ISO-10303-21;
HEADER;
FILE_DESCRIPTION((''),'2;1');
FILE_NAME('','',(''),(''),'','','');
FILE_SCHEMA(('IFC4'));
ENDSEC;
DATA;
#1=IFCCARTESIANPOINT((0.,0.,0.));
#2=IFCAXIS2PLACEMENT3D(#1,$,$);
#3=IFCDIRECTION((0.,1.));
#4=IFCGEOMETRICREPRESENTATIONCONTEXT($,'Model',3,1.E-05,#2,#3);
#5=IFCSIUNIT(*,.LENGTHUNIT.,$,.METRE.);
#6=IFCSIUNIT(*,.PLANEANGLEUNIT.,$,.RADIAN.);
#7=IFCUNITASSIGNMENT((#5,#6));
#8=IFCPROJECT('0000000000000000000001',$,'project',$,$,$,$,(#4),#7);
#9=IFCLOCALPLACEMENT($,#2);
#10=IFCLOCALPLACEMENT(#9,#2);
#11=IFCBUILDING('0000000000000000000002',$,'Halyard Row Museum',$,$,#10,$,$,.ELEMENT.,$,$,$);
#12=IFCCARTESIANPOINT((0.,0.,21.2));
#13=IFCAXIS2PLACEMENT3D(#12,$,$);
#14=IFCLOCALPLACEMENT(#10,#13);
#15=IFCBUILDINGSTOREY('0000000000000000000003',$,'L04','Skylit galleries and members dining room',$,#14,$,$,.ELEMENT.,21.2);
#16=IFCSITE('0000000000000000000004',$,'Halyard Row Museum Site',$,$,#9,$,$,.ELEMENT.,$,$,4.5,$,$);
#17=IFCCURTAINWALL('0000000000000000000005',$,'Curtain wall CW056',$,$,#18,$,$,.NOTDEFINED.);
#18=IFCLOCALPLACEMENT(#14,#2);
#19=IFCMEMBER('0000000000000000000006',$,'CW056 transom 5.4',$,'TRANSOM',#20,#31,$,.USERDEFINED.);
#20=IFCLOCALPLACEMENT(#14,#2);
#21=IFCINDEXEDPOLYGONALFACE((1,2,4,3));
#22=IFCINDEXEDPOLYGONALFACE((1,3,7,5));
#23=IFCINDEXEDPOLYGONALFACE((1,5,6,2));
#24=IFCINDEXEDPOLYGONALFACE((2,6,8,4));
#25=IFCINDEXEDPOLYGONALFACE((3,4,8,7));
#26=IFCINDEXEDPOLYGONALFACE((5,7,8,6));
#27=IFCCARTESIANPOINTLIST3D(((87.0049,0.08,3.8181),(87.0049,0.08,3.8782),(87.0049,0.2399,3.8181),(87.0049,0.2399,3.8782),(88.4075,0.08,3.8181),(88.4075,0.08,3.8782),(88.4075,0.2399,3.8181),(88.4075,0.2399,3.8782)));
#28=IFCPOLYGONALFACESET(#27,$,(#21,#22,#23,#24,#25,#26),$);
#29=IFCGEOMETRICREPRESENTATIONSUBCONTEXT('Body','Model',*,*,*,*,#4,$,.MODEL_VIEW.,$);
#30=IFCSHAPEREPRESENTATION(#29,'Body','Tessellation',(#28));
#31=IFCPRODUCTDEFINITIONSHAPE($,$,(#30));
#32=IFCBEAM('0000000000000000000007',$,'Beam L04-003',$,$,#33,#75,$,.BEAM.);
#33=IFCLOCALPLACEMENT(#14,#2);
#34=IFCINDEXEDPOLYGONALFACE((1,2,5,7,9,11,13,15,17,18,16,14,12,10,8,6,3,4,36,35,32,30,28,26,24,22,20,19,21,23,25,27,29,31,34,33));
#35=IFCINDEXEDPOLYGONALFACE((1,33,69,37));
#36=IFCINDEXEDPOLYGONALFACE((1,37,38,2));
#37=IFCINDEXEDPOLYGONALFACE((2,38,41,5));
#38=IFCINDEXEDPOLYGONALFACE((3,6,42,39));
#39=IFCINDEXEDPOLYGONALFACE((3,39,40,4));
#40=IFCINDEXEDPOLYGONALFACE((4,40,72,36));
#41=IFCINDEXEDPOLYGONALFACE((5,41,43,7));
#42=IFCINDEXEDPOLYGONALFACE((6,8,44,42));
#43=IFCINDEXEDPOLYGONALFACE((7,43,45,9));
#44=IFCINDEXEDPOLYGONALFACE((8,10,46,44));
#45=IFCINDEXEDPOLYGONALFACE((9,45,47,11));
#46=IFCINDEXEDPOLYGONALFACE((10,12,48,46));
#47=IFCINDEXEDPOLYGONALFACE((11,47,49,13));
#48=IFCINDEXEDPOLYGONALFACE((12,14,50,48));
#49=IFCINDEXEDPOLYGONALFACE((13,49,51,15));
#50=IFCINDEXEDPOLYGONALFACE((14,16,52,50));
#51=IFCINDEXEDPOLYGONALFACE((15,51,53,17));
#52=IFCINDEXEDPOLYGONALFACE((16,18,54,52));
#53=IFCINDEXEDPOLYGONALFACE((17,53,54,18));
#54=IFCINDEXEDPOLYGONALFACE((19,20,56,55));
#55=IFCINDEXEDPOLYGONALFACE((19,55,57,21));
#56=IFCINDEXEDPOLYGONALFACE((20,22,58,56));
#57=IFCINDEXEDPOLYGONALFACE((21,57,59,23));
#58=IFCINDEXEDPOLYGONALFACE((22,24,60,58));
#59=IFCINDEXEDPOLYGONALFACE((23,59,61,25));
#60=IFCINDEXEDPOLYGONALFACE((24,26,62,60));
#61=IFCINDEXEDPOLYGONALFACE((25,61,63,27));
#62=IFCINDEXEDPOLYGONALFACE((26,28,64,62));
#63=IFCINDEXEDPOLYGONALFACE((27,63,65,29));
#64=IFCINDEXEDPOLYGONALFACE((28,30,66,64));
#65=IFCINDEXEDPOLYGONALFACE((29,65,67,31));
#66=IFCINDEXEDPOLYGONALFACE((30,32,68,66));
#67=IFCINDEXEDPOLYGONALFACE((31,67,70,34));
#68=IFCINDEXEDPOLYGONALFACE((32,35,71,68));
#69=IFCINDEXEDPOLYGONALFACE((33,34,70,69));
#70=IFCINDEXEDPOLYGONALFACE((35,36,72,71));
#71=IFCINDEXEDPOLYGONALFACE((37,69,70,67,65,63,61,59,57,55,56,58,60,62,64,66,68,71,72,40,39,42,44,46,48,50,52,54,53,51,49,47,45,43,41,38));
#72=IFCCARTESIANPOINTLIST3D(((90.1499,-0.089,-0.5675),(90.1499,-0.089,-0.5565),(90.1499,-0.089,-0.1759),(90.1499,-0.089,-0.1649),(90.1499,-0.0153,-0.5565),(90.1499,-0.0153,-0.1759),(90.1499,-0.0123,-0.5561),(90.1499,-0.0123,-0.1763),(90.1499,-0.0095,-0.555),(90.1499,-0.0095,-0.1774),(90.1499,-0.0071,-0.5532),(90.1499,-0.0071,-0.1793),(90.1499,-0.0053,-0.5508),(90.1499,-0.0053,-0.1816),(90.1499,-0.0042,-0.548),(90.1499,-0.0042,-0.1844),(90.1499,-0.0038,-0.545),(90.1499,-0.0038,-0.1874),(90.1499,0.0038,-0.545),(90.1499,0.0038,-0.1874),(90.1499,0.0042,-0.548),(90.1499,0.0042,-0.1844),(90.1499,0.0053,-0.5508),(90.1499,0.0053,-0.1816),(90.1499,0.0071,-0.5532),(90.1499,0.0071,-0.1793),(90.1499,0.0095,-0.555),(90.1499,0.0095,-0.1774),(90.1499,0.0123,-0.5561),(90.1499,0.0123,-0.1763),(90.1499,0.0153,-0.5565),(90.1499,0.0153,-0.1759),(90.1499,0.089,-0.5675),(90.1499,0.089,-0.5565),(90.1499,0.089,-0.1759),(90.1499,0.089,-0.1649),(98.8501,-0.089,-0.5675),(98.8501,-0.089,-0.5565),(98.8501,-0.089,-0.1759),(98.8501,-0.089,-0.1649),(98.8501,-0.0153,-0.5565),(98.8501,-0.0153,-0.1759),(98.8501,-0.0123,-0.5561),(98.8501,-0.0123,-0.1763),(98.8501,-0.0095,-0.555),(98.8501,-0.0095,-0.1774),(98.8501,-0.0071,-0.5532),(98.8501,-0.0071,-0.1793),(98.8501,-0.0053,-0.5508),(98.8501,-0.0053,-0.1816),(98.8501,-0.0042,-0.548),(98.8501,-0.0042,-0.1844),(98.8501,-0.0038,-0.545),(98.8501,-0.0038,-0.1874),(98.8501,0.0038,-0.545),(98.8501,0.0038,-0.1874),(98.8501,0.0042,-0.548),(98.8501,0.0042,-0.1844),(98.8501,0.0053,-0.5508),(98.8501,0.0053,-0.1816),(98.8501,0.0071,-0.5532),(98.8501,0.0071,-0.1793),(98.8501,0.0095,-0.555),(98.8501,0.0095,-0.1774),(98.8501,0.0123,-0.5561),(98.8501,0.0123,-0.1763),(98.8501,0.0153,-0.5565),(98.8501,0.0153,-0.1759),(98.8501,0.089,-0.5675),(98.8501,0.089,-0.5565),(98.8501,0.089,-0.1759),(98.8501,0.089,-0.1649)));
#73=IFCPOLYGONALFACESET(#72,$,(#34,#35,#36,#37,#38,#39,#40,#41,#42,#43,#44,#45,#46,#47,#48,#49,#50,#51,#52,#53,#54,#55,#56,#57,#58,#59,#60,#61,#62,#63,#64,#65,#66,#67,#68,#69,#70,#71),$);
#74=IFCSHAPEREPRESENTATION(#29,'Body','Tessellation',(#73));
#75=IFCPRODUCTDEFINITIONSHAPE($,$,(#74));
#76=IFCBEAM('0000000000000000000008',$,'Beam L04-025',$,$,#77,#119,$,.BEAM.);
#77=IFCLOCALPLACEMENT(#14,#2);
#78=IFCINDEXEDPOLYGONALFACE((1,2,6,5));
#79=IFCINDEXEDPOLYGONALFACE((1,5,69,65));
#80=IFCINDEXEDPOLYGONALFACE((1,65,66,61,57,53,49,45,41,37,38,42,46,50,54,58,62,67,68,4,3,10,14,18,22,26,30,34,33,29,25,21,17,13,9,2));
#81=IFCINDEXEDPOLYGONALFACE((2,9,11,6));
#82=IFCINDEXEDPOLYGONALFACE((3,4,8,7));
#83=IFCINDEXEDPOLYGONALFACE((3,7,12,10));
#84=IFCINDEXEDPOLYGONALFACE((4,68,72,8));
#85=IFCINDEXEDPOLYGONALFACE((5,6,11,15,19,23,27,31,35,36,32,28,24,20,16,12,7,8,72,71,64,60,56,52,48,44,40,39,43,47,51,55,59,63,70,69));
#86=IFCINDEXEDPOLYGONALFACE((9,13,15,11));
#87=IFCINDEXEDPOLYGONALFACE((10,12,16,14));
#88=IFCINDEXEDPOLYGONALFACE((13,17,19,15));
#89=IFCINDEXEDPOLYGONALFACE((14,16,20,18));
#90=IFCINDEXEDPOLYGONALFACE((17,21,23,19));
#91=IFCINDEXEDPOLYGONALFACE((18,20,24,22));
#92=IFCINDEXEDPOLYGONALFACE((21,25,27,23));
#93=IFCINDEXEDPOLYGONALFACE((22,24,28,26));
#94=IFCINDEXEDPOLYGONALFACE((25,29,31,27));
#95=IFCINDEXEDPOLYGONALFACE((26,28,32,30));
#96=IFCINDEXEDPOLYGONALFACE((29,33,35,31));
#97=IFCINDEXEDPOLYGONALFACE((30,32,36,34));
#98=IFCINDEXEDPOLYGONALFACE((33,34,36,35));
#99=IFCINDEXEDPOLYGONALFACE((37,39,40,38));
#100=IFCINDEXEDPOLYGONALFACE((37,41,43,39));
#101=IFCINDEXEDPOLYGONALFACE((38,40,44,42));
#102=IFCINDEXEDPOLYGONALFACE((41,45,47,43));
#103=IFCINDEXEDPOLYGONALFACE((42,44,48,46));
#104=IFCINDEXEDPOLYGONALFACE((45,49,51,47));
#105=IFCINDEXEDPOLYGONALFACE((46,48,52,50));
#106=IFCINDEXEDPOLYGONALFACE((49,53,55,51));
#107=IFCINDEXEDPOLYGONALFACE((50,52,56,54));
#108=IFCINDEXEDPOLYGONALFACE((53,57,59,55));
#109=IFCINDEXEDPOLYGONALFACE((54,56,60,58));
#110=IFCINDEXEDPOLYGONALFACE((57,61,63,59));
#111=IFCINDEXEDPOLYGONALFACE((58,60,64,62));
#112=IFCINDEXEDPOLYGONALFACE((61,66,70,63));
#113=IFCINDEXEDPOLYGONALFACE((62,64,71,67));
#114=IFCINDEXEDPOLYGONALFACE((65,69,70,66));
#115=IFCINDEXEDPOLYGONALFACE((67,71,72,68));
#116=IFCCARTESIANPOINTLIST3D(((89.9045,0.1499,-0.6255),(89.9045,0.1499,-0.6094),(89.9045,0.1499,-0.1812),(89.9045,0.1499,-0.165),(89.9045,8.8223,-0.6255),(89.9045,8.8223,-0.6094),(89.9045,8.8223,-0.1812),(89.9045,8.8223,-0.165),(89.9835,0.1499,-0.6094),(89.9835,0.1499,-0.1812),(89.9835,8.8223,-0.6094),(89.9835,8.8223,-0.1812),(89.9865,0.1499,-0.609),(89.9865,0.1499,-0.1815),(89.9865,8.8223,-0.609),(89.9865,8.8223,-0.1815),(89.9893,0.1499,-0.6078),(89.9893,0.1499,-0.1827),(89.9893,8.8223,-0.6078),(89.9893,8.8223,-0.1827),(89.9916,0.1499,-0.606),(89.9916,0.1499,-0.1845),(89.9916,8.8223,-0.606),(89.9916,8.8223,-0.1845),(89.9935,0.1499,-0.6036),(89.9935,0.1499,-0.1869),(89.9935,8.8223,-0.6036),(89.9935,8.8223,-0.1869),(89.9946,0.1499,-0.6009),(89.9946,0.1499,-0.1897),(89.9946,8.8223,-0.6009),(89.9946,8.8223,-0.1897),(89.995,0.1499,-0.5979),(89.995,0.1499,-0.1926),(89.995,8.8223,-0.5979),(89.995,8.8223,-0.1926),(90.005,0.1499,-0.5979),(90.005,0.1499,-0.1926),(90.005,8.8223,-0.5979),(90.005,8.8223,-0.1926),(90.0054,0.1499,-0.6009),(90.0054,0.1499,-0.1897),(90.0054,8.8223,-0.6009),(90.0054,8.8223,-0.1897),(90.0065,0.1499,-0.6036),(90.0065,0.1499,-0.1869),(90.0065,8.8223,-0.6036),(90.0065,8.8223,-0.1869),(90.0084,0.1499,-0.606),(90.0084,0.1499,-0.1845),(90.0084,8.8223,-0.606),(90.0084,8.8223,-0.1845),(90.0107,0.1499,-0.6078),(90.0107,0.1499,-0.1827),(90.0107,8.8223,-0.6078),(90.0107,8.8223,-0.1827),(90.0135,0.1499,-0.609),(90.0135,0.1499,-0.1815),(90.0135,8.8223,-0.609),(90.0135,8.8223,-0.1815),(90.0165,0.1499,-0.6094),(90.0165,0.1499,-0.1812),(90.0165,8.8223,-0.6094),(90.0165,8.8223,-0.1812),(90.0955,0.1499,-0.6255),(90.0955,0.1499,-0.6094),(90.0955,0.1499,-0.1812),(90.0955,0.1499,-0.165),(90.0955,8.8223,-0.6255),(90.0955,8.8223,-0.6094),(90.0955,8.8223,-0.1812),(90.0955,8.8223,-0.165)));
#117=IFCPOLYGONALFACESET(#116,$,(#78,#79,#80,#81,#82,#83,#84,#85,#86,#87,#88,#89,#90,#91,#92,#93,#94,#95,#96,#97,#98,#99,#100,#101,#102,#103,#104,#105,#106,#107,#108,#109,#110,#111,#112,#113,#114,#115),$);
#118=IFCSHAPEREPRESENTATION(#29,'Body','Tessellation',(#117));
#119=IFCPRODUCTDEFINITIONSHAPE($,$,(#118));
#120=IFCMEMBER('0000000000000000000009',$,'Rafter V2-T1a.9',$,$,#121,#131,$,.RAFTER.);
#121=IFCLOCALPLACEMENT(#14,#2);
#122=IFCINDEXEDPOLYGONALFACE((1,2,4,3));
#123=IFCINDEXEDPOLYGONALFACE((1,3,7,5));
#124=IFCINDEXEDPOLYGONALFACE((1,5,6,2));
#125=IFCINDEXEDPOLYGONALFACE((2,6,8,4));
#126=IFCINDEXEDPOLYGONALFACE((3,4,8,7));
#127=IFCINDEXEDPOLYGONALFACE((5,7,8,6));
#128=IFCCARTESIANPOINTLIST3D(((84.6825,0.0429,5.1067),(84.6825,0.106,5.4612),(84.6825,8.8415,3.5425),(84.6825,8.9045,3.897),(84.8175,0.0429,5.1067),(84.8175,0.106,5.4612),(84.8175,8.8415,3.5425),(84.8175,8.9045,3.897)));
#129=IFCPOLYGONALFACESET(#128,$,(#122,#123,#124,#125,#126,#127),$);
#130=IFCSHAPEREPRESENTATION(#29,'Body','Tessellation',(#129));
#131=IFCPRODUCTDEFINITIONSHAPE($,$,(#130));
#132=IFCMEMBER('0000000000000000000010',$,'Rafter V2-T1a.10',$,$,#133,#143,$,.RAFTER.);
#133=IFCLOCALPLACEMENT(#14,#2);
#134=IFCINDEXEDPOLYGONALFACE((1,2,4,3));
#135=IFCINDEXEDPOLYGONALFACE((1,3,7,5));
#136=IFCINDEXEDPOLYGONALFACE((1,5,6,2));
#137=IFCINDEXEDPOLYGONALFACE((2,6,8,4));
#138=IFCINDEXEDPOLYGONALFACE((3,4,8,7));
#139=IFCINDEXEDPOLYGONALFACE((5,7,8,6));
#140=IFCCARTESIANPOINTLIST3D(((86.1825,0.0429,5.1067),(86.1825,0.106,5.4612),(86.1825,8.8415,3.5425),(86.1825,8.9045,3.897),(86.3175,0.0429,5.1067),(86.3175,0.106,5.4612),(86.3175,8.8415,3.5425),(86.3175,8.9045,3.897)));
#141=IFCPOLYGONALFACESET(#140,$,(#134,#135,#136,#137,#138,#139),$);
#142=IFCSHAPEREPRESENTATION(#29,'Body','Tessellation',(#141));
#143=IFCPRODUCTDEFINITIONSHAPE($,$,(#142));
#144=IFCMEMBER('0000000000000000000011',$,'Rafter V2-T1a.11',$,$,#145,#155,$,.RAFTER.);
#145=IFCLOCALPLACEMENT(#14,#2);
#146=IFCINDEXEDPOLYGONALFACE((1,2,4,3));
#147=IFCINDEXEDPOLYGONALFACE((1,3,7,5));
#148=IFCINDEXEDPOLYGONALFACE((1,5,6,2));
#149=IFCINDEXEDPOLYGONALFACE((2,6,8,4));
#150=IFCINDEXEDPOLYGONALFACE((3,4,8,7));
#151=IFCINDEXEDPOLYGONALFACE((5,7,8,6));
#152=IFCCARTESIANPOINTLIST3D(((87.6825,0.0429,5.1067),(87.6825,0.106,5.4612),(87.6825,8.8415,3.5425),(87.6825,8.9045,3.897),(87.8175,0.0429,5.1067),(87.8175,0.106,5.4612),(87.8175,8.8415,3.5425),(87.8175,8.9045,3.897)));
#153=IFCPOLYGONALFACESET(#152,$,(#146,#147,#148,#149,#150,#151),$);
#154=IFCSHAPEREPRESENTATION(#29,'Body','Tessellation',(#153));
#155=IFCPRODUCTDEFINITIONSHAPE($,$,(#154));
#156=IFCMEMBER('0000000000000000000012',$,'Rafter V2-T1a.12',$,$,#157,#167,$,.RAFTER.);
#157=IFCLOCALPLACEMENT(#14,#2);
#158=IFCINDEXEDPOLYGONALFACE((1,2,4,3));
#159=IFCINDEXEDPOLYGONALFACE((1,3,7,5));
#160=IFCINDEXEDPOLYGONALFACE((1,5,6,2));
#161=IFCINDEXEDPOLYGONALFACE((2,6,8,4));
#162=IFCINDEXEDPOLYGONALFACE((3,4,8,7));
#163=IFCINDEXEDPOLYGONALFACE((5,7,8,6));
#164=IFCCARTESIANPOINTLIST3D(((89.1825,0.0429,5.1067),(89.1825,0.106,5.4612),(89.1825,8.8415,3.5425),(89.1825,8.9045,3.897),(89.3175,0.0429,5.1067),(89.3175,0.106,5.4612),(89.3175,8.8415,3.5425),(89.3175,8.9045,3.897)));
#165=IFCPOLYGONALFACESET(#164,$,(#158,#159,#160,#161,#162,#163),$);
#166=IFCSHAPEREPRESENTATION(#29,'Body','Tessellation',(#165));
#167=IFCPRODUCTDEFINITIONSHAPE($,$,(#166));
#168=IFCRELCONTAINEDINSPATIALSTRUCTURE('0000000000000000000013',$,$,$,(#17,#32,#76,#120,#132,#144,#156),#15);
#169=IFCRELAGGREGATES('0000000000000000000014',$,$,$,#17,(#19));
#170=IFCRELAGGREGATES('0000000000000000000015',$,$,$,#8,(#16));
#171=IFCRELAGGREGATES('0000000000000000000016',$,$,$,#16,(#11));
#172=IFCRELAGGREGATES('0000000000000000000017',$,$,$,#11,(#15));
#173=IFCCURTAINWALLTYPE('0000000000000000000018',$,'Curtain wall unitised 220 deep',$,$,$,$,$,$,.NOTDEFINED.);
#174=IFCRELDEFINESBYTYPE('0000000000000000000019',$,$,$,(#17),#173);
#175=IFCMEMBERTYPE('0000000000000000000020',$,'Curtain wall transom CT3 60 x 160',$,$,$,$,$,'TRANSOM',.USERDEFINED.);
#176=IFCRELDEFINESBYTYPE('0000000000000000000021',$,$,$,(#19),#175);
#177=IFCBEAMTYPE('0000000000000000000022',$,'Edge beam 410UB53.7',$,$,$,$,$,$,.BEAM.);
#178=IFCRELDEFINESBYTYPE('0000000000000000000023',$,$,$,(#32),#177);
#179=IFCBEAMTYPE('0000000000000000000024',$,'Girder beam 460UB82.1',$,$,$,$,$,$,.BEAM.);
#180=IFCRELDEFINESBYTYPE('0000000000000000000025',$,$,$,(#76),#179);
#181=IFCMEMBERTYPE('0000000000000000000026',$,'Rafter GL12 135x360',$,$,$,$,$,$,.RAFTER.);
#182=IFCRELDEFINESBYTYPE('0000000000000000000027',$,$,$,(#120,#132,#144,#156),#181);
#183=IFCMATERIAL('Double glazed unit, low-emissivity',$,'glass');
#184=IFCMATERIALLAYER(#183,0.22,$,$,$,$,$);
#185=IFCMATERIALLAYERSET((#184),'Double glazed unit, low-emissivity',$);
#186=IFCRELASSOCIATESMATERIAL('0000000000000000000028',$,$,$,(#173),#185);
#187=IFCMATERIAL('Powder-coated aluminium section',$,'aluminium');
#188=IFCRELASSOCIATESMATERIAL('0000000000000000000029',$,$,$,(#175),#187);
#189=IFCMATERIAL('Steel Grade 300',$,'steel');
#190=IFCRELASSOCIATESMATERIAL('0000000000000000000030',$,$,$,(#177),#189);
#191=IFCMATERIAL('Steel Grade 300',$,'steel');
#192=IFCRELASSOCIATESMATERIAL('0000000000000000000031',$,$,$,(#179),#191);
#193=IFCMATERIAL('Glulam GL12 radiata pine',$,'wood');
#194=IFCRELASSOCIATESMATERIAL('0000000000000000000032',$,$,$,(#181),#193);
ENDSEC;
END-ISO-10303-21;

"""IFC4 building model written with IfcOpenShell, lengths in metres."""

from ifc_helpers import new_model, si_unit, direction, frame, origin, origin_2d, place, context, subcontext, project, spatial, rectangle, i_section, extrude, material, layer, layer_set, material_profile, profile_set, type_object, element, aggregate, save


model = new_model("IFC4")

# Units and contexts
model_context = context("Model", 3, precision=1e-05, world=origin(), true_north=direction((0.0, 1.0)))
body_context = subcontext(model_context, "Body", "Model", "MODEL_VIEW")
ifc_project = project(units=[si_unit("LENGTHUNIT", "METRE"), si_unit("PLANEANGLEUNIT", "RADIAN")], contexts=[model_context])

# Site, building, storey
site_placement = place(None, origin())
site = spatial("IfcSite", under=ifc_project, at=site_placement, Name="Halyard Row Museum Site", CompositionType="ELEMENT", RefElevation=4.5)
building_placement = place(site_placement, origin())
building = spatial("IfcBuilding", under=site, at=building_placement, Name="Halyard Row Museum", CompositionType="ELEMENT")
storey_placement = place(building_placement, frame((0.0, 0.0, 21.2)))
storey = spatial("IfcBuildingStorey", under=building, at=storey_placement, Name="L04", Description="Skylit galleries and members dining room", CompositionType="ELEMENT", Elevation=21.2)

# Curtain wall, member
ifc_material_1 = material(Name="Double glazed unit, low-emissivity", Category="glass")
ifc_layer_1 = layer(ifc_material_1, 0.22)
ifc_layer_set_1 = layer_set([ifc_layer_1], Name="Double glazed unit, low-emissivity")
curtain_wall_type = type_object("IfcCurtainWallType", Name="Curtain wall unitised 220 deep", PredefinedType="NOTDEFINED", material=ifc_layer_set_1)
curtain_wall_placement = place(storey_placement, origin())
curtain_wall = element("IfcCurtainWall", 1, at=curtain_wall_placement, inside=storey, type_object=curtain_wall_type, Name="Curtain wall CW056", PredefinedType="NOTDEFINED")
ifc_material_2 = material(Name="Powder-coated aluminium section", Category="aluminium")
ifc_material_profile_1 = material_profile(ifc_material_2, rectangle(XDim=0.1599, YDim=0.0601, at=origin_2d()), Name="160x60 transom")
ifc_profile_set_1 = profile_set([ifc_material_profile_1], Name="Powder-coated aluminium section")
member_type_1 = type_object("IfcMemberType", Name="Curtain wall transom CT3 60 x 160", ElementType="TRANSOM", PredefinedType="USERDEFINED", material=ifc_profile_set_1)
member_1_placement = place(storey_placement, frame((87.0049, 0.1599, 3.8481), z_axis=(1.0, 0.0, 0.0), x_axis=(0.0, 1.0, 0.0)))
member_1 = element("IfcMember", 2, at=member_1_placement, type_object=member_type_1, Name="CW056 transom 5.4", ObjectType="TRANSOM", PredefinedType="USERDEFINED", context=body_context, shape_type="SweptSolid", body=[
    extrude(rectangle(XDim=0.1599, YDim=0.0601, at=origin_2d()), origin(), (0.0, 0.0, 1.0), 1.4026),
])

# Beams
ifc_material_3 = material(Name="Steel Grade 300", Category="steel")
ifc_material_profile_2 = material_profile(ifc_material_3, i_section(OverallWidth=0.178, OverallDepth=0.4026, WebThickness=0.0076, FlangeThickness=0.011, FilletRadius=0.0115, at=origin_2d()), Name="410UB53.7")
ifc_profile_set_2 = profile_set([ifc_material_profile_2], Name="Steel Grade 300")
beam_type_1 = type_object("IfcBeamType", Name="Edge beam 410UB53.7", PredefinedType="BEAM", material=ifc_profile_set_2)
beam_1_placement = place(storey_placement, frame((90.1499, 0.0, -0.3662), z_axis=(1.0, 0.0, 0.0), x_axis=(0.0, 1.0, 0.0)))
element("IfcBeam", 3, at=beam_1_placement, inside=storey, type_object=beam_type_1, Name="Beam L04-003", PredefinedType="BEAM", context=body_context, shape_type="SweptSolid", body=[
    extrude(i_section(OverallWidth=0.178, OverallDepth=0.4026, WebThickness=0.0076, FlangeThickness=0.011, FilletRadius=0.0115, at=origin_2d()), origin(), (0.0, 0.0, 1.0), 8.7002),
])
ifc_material_4 = material(Name="Steel Grade 300", Category="steel")
ifc_material_profile_3 = material_profile(ifc_material_4, i_section(OverallWidth=0.1909, OverallDepth=0.4604, WebThickness=0.01, FlangeThickness=0.0161, FilletRadius=0.0115, at=origin_2d()), Name="460UB82.1")
ifc_profile_set_3 = profile_set([ifc_material_profile_3], Name="Steel Grade 300")
beam_type_2 = type_object("IfcBeamType", Name="Girder beam 460UB82.1", PredefinedType="BEAM", material=ifc_profile_set_3)
beam_2_placement = place(storey_placement, frame((90.0, 0.1499, -0.3953), z_axis=(0.0, 1.0, 0.0), x_axis=(-1.0, 0.0, 0.0)))
element("IfcBeam", 4, at=beam_2_placement, inside=storey, type_object=beam_type_2, Name="Beam L04-025", PredefinedType="BEAM", context=body_context, shape_type="SweptSolid", body=[
    extrude(i_section(OverallWidth=0.1909, OverallDepth=0.4604, WebThickness=0.01, FlangeThickness=0.0161, FilletRadius=0.0115, at=origin_2d()), origin(), (0.0, 0.0, 1.0), 8.6724),
])

# Members
ifc_material_5 = material(Name="Glulam GL12 radiata pine", Category="wood")
ifc_material_profile_4 = material_profile(ifc_material_5, rectangle(XDim=0.135, YDim=0.3601, at=origin_2d()), Name="GL12 135x360")
ifc_profile_set_4 = profile_set([ifc_material_profile_4], Name="Glulam GL12 radiata pine")
member_type_2 = type_object("IfcMemberType", Name="Rafter GL12 135x360", PredefinedType="RAFTER", material=ifc_profile_set_4)
for number, where, z_axis, x_axis, name in (
    (5, (84.75, 0.0745, 5.2839), (0.0, 0.984562, -0.175035), (-1.0, 0.0, 0.0), "Rafter V2-T1a.9"),
    (6, (86.25, 0.0745, 5.2839), (0.0, 0.984562, -0.175035), (-1.0, 0.0, 0.0), "Rafter V2-T1a.10"),
    (7, (87.75, 0.0745, 5.2839), (0.0, 0.984562, -0.175035), (-1.0, 0.0, 0.0), "Rafter V2-T1a.11"),
    (8, (89.25, 0.0745, 5.2839), (0.0, 0.984562, -0.175035), (-1.0, 0.0, 0.0), "Rafter V2-T1a.12"),
):
    element("IfcMember", number, at=place(storey_placement, frame(where, z_axis=z_axis, x_axis=x_axis)), inside=storey, type_object=member_type_2, Name=name, PredefinedType="RAFTER", context=body_context, shape_type="SweptSolid", body=[
        extrude(rectangle(XDim=0.135, YDim=0.3601, at=origin_2d()), origin(), (0.0, 0.0, 1.0), 8.9365),
    ])

aggregate(curtain_wall, [member_1])

save(model, "model.ifc")
